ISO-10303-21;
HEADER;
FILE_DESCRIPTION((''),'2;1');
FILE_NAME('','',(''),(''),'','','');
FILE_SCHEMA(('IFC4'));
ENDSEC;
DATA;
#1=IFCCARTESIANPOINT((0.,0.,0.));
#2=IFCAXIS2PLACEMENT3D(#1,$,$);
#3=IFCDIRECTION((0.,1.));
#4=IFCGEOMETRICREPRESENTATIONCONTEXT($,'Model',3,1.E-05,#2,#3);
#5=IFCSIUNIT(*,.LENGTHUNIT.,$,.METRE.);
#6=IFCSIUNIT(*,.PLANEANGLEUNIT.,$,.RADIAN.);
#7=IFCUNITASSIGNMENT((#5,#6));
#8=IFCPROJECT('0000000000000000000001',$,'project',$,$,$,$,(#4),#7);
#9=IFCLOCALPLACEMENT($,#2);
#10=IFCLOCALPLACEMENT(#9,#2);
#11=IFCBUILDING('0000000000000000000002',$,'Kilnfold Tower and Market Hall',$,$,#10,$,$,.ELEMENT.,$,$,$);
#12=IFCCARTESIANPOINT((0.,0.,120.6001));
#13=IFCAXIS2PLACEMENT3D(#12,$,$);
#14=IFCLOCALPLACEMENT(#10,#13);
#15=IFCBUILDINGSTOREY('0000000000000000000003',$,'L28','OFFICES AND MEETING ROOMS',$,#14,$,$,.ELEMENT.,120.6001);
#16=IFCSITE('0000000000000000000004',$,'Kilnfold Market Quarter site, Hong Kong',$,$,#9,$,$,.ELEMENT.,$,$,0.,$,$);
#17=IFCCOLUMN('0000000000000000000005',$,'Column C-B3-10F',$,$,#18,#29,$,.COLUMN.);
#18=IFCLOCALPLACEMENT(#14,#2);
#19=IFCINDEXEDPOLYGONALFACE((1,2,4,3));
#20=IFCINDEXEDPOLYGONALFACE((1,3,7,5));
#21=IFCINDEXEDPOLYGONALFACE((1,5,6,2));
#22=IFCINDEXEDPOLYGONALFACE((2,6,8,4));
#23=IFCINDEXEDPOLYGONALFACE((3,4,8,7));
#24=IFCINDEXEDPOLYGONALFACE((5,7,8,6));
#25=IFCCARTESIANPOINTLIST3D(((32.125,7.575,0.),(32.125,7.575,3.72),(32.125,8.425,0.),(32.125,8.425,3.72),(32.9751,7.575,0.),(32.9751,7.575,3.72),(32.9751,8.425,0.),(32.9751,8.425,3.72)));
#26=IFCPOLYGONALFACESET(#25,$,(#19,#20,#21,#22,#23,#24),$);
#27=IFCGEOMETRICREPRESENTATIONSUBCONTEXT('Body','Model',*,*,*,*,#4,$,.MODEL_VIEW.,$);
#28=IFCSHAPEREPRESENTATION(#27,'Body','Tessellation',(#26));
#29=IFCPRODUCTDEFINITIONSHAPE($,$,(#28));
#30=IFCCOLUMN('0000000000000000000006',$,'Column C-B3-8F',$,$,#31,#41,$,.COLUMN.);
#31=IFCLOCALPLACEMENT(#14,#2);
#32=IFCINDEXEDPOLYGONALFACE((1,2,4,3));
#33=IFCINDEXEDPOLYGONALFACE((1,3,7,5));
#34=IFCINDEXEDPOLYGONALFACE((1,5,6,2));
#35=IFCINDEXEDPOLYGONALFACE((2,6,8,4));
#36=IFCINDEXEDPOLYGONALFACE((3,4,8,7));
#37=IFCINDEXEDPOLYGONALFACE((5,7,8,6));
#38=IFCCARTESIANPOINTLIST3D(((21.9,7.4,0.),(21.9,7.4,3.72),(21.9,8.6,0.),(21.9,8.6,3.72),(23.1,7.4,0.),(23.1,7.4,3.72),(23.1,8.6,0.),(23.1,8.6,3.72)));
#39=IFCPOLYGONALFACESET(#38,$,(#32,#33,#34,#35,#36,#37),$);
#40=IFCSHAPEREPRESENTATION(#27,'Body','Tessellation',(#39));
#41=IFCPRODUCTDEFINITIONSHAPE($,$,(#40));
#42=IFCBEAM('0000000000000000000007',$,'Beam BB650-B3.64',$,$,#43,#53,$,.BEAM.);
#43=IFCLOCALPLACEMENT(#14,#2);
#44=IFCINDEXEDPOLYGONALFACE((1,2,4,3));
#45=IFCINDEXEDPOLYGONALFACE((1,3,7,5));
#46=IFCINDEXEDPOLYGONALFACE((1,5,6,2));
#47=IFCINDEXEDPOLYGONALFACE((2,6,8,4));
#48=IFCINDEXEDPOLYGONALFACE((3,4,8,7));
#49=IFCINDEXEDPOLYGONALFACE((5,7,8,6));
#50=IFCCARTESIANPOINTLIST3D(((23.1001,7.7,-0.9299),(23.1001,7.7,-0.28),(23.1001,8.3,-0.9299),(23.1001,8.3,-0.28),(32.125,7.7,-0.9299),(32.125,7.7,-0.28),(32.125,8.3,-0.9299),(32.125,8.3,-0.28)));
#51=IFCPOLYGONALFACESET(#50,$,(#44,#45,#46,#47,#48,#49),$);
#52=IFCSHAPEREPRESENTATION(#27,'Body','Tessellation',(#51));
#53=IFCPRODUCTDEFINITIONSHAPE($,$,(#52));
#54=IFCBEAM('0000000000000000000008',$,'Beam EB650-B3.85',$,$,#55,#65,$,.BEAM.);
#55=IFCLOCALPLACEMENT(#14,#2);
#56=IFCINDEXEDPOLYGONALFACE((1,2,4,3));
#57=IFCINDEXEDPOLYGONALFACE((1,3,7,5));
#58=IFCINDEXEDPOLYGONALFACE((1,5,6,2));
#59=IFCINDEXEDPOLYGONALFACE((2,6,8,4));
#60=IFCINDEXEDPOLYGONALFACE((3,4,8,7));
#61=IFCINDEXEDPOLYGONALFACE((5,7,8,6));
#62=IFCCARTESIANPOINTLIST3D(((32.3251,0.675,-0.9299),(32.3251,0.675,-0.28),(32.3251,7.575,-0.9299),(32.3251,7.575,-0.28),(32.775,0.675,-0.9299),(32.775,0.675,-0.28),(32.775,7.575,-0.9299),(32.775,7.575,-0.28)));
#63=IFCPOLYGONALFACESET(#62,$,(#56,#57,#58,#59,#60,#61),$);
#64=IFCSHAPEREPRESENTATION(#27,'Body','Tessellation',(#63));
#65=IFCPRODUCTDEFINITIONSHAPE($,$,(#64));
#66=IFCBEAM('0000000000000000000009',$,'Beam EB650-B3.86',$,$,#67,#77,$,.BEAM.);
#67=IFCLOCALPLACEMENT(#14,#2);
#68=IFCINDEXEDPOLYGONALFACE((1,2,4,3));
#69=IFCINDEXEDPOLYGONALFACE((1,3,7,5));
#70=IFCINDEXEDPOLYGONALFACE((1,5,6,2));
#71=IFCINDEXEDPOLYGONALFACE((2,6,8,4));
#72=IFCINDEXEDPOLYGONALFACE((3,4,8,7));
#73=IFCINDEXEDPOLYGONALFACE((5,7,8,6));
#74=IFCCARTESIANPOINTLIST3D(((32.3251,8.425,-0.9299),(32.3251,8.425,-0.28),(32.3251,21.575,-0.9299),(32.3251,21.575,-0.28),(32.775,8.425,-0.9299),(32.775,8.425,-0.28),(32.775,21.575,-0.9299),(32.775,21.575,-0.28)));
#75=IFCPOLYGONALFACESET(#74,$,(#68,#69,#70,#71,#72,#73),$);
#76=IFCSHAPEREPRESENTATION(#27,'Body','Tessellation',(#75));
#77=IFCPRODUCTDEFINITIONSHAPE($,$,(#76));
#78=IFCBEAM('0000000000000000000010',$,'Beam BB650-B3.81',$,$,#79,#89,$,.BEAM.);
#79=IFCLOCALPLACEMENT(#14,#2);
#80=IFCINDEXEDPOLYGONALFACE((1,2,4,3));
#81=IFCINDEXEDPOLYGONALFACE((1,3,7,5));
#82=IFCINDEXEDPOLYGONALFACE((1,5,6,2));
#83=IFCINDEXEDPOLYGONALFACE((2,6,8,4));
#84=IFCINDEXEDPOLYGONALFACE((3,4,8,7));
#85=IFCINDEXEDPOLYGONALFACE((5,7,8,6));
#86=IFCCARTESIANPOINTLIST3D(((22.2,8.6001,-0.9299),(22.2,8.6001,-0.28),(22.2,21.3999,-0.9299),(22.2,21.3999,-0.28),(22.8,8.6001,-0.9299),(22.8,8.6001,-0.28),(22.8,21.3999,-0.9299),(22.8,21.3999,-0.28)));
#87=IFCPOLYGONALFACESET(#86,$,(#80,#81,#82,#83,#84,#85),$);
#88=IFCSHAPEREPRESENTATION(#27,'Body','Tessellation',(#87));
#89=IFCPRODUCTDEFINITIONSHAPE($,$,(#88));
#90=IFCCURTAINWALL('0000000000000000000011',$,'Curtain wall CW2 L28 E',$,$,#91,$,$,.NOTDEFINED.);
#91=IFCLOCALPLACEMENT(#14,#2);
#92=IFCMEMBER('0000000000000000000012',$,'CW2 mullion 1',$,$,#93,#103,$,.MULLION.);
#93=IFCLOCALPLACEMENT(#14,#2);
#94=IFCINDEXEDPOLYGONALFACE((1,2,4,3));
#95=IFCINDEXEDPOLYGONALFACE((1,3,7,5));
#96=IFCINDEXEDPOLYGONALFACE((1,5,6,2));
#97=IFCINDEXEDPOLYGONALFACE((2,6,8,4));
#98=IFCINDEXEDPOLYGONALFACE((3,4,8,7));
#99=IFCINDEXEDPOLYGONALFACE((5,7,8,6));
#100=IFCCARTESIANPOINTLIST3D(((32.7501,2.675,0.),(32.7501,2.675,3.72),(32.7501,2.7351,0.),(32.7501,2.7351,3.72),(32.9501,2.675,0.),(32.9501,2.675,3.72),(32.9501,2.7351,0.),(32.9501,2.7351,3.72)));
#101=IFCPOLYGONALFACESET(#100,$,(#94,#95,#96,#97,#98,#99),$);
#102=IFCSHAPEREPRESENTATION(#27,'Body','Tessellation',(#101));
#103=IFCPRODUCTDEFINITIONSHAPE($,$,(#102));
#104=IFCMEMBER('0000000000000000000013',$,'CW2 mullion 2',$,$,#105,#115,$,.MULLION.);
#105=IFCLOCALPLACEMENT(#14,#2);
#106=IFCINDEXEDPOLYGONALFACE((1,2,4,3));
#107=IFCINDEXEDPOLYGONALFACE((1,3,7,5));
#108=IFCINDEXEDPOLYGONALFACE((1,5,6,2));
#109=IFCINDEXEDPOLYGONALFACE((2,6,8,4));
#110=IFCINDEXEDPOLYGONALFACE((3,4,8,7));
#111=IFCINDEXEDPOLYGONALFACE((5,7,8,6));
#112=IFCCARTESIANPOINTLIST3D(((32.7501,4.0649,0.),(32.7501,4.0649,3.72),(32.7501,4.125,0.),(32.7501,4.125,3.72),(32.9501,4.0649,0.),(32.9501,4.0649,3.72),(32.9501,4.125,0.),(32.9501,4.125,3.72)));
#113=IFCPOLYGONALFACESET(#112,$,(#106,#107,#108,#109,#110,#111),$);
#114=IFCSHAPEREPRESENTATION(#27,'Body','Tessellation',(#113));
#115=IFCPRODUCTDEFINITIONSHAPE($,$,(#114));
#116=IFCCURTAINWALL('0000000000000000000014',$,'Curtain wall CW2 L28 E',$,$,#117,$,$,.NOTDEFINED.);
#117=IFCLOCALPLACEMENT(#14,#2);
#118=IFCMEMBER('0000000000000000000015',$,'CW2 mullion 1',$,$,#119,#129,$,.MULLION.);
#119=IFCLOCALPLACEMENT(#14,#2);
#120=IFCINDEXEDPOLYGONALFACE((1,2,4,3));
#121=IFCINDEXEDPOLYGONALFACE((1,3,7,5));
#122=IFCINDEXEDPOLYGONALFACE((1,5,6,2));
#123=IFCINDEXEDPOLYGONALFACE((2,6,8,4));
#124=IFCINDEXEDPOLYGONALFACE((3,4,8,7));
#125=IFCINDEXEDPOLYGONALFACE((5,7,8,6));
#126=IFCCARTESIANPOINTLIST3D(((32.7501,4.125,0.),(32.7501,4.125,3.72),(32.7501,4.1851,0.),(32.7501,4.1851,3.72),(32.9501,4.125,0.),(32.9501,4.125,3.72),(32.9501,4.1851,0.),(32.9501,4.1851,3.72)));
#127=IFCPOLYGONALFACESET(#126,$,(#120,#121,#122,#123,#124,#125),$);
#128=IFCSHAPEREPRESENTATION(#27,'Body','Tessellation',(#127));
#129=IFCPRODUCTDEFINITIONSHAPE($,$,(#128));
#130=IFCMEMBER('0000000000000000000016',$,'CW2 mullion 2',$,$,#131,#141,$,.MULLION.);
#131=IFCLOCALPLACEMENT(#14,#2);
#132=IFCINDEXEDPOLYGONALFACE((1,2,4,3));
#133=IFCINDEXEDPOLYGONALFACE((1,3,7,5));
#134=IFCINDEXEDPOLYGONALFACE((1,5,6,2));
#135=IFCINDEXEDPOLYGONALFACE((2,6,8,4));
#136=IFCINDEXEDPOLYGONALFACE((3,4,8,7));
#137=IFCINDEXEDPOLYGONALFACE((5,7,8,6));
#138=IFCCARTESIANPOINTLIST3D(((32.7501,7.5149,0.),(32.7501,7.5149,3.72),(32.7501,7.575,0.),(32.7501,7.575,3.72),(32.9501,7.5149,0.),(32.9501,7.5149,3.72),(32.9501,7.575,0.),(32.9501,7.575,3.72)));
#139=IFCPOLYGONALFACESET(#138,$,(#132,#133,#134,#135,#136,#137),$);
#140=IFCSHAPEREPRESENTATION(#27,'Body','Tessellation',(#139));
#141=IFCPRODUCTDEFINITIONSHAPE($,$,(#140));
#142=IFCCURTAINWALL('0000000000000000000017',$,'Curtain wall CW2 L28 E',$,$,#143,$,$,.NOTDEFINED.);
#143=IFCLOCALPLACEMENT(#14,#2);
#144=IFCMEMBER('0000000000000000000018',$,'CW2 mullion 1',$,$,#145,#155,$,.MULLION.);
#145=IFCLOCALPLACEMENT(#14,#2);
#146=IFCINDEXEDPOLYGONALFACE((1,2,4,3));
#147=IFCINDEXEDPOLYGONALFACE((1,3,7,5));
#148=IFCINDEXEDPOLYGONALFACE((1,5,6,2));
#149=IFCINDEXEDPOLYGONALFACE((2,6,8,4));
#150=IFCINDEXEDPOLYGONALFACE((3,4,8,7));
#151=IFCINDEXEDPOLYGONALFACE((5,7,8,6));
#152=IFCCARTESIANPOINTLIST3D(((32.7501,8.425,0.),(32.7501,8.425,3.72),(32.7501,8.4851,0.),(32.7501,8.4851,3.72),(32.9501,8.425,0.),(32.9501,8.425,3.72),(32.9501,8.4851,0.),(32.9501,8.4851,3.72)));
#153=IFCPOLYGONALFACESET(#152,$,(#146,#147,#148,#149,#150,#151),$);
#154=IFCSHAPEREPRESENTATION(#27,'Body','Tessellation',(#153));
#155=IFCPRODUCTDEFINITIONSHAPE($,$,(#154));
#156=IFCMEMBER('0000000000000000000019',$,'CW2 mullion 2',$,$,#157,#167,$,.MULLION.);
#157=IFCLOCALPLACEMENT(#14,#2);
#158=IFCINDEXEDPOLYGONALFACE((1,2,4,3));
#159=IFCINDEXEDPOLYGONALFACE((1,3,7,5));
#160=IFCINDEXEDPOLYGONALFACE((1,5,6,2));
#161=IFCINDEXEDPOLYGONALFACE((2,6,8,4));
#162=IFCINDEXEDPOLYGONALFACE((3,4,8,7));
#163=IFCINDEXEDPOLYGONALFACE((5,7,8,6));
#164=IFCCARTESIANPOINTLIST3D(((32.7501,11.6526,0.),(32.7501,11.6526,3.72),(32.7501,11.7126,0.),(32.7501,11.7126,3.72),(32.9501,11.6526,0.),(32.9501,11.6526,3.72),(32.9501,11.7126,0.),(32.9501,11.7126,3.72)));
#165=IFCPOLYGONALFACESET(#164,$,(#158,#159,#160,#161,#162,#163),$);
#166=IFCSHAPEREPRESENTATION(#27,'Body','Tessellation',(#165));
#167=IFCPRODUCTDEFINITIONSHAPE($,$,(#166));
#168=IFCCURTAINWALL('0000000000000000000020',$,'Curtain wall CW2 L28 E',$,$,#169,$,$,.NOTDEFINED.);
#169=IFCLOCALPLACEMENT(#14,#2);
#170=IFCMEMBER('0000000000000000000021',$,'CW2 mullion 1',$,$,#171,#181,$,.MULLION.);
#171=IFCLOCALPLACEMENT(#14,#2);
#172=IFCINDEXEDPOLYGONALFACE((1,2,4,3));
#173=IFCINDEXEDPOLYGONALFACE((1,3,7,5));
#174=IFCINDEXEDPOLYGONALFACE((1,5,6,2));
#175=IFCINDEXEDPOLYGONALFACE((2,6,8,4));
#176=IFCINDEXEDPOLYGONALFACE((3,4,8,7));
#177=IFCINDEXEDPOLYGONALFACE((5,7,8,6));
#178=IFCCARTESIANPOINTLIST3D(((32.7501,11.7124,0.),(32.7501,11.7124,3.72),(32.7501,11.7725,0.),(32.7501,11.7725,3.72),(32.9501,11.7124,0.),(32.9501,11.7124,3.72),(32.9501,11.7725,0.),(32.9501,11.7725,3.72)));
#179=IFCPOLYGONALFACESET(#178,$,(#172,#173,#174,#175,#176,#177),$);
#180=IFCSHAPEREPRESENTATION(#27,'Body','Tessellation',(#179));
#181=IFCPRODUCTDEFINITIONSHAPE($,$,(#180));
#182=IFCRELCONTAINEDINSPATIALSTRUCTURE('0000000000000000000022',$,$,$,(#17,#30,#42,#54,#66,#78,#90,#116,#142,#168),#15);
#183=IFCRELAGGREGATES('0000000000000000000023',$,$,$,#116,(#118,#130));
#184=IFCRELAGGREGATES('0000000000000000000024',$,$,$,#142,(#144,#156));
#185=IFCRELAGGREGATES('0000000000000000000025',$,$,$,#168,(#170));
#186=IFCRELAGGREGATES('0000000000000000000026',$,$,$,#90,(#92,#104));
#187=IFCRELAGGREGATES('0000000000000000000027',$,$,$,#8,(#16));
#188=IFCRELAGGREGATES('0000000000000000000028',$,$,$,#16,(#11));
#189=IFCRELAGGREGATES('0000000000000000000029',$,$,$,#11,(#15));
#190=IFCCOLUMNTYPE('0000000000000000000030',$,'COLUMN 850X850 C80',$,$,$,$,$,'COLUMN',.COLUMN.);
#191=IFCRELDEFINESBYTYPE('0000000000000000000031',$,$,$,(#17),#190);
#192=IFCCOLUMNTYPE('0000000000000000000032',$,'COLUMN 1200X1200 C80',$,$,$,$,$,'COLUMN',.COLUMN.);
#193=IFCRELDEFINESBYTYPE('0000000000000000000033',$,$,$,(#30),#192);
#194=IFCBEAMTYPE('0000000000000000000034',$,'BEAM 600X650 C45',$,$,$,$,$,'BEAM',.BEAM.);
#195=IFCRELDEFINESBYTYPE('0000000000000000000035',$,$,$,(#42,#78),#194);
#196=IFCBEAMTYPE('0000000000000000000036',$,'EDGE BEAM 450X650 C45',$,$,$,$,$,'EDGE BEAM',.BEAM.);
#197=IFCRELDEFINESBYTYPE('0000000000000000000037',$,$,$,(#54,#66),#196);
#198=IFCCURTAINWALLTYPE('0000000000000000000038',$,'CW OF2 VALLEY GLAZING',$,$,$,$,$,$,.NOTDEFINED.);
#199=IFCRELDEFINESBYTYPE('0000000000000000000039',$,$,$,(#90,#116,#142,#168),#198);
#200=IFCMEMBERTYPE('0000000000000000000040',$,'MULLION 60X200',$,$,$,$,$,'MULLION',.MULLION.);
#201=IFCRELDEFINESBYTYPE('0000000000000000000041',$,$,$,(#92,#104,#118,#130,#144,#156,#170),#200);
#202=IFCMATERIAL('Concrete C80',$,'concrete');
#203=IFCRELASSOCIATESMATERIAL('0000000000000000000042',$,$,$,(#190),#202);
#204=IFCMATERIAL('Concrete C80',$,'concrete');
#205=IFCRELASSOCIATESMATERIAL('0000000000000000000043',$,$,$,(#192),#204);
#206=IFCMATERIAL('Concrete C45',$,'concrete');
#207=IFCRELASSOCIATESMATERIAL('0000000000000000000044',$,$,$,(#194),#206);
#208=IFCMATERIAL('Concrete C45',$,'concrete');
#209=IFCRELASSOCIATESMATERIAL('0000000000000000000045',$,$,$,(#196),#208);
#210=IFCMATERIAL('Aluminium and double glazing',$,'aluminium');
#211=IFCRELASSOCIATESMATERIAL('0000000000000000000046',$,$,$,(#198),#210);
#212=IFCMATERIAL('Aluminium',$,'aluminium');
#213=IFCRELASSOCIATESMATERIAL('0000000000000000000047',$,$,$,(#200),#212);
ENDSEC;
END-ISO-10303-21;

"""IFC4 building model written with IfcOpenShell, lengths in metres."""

from ifc_helpers import new_model, si_unit, direction, frame, origin, origin_2d, place, context, subcontext, project, spatial, rectangle, extrude, source, transform, mapped, material, material_profile, profile_set, type_object, element, aggregate, save


model = new_model("IFC4")

# Units and contexts
model_context = context("Model", 3, precision=1e-05, world=origin(), true_north=direction((0.0, 1.0)))
body_context = subcontext(model_context, "Body", "Model", "MODEL_VIEW")
ifc_project = project(units=[si_unit("LENGTHUNIT", "METRE"), si_unit("PLANEANGLEUNIT", "RADIAN")], contexts=[model_context])

# Site, building, storey
site_placement = place(None, origin())
site = spatial("IfcSite", under=ifc_project, at=site_placement, Name="Kilnfold Market Quarter site, Hong Kong", CompositionType="ELEMENT", RefElevation=0.0)
building_placement = place(site_placement, origin())
building = spatial("IfcBuilding", under=site, at=building_placement, Name="Kilnfold Tower and Market Hall", CompositionType="ELEMENT")
storey_placement = place(building_placement, frame((0.0, 0.0, 120.6001)))
storey = spatial("IfcBuildingStorey", under=building, at=storey_placement, Name="L28", Description="OFFICES AND MEETING ROOMS", CompositionType="ELEMENT", Elevation=120.6001)

# Columns
ifc_material_1 = material(Name="Concrete C80", Category="concrete")
ifc_material_profile_1 = material_profile(ifc_material_1, rectangle(XDim=0.8501, YDim=0.8501, at=origin_2d()), Name="RC 850x850")
ifc_profile_set_1 = profile_set([ifc_material_profile_1], Name="Concrete C80")
column_type_1 = type_object("IfcColumnType", Name="COLUMN 850X850 C80", ElementType="COLUMN", PredefinedType="COLUMN", material=ifc_profile_set_1)
shared_shape_1 = source(origin(), body_context, "Body", "SweptSolid", [
    extrude(rectangle(XDim=0.8501, YDim=0.8501, at=origin_2d()), origin(), (0.0, 0.0, 1.0), 3.72),
])
column_1_placement = place(storey_placement, frame((32.55, 8.0, 0.0), z_axis=(0.0, 0.0, 1.0), x_axis=(1.0, 0.0, 0.0)))
element("IfcColumn", 1, at=column_1_placement, inside=storey, type_object=column_type_1, Name="Column C-B3-10F", PredefinedType="COLUMN", context=body_context, shape_type="MappedRepresentation", body=[
    mapped(shared_shape_1, transform((0.0, 0.0, 0.0))),
])
ifc_material_2 = material(Name="Concrete C80", Category="concrete")
ifc_material_profile_2 = material_profile(ifc_material_2, rectangle(XDim=1.2, YDim=1.2, at=origin_2d()), Name="RC 1200x1200")
ifc_profile_set_2 = profile_set([ifc_material_profile_2], Name="Concrete C80")
column_type_2 = type_object("IfcColumnType", Name="COLUMN 1200X1200 C80", ElementType="COLUMN", PredefinedType="COLUMN", material=ifc_profile_set_2)
shared_shape_2 = source(origin(), body_context, "Body", "SweptSolid", [
    extrude(rectangle(XDim=1.2, YDim=1.2, at=origin_2d()), origin(), (0.0, 0.0, 1.0), 3.72),
])
column_2_placement = place(storey_placement, frame((22.5, 8.0, 0.0), z_axis=(0.0, 0.0, 1.0), x_axis=(1.0, 0.0, 0.0)))
element("IfcColumn", 2, at=column_2_placement, inside=storey, type_object=column_type_2, Name="Column C-B3-8F", PredefinedType="COLUMN", context=body_context, shape_type="MappedRepresentation", body=[
    mapped(shared_shape_2, transform((0.0, 0.0, 0.0))),
])

# Beams
ifc_material_3 = material(Name="Concrete C45", Category="concrete")
ifc_material_profile_3 = material_profile(ifc_material_3, rectangle(XDim=0.6001, YDim=0.6499, at=origin_2d()), Name="RC 600x650")
ifc_profile_set_3 = profile_set([ifc_material_profile_3], Name="Concrete C45")
beam_type_1 = type_object("IfcBeamType", Name="BEAM 600X650 C45", ElementType="BEAM", PredefinedType="BEAM", material=ifc_profile_set_3)
shared_shape_3 = source(origin(), body_context, "Body", "SweptSolid", [
    extrude(rectangle(XDim=0.6001, YDim=0.6499, at=origin_2d()), origin(), (0.0, 0.0, 1.0), 9.0249),
])
beam_1_placement = place(storey_placement, frame((23.1001, 8.0, -0.605), z_axis=(1.0, 0.0, 0.0), x_axis=(0.0, 1.0, 0.0)))
element("IfcBeam", 3, at=beam_1_placement, inside=storey, type_object=beam_type_1, Name="Beam BB650-B3.64", PredefinedType="BEAM", context=body_context, shape_type="MappedRepresentation", body=[
    mapped(shared_shape_3, transform((0.0, 0.0, 0.0))),
])
ifc_material_4 = material(Name="Concrete C45", Category="concrete")
ifc_material_profile_4 = material_profile(ifc_material_4, rectangle(XDim=0.45, YDim=0.6499, at=origin_2d()), Name="RC 450x650")
ifc_profile_set_4 = profile_set([ifc_material_profile_4], Name="Concrete C45")
beam_type_2 = type_object("IfcBeamType", Name="EDGE BEAM 450X650 C45", ElementType="EDGE BEAM", PredefinedType="BEAM", material=ifc_profile_set_4)
shared_shape_4 = source(origin(), body_context, "Body", "SweptSolid", [
    extrude(rectangle(XDim=0.45, YDim=0.6499, at=origin_2d()), origin(), (0.0, 0.0, 1.0), 6.8999),
])
beam_2_placement = place(storey_placement, frame((32.55, 0.675, -0.605), z_axis=(0.0, 1.0, 0.0), x_axis=(-1.0, 0.0, 0.0)))
element("IfcBeam", 4, at=beam_2_placement, inside=storey, type_object=beam_type_2, Name="Beam EB650-B3.85", PredefinedType="BEAM", context=body_context, shape_type="MappedRepresentation", body=[
    mapped(shared_shape_4, transform((0.0, 0.0, 0.0))),
])
shared_shape_5 = source(origin(), body_context, "Body", "SweptSolid", [
    extrude(rectangle(XDim=0.45, YDim=0.6499, at=origin_2d()), origin(), (0.0, 0.0, 1.0), 13.1499),
])
beam_3_placement = place(storey_placement, frame((32.55, 8.425, -0.605), z_axis=(0.0, 1.0, 0.0), x_axis=(-1.0, 0.0, 0.0)))
element("IfcBeam", 5, at=beam_3_placement, inside=storey, type_object=beam_type_2, Name="Beam EB650-B3.86", PredefinedType="BEAM", context=body_context, shape_type="MappedRepresentation", body=[
    mapped(shared_shape_5, transform((0.0, 0.0, 0.0))),
])
shared_shape_6 = source(origin(), body_context, "Body", "SweptSolid", [
    extrude(rectangle(XDim=0.6001, YDim=0.6499, at=origin_2d()), origin(), (0.0, 0.0, 1.0), 12.7998),
])
beam_4_placement = place(storey_placement, frame((22.5, 8.6001, -0.605), z_axis=(0.0, 1.0, 0.0), x_axis=(-1.0, 0.0, 0.0)))
element("IfcBeam", 6, at=beam_4_placement, inside=storey, type_object=beam_type_1, Name="Beam BB650-B3.81", PredefinedType="BEAM", context=body_context, shape_type="MappedRepresentation", body=[
    mapped(shared_shape_6, transform((0.0, 0.0, 0.0))),
])

# Curtain walls, members
ifc_material_5 = material(Name="Aluminium and double glazing", Category="aluminium")
curtain_wall_type = type_object("IfcCurtainWallType", Name="CW OF2 VALLEY GLAZING", PredefinedType="NOTDEFINED", material=ifc_material_5)
curtain_wall_1_placement = place(storey_placement, origin())
curtain_wall_1 = element("IfcCurtainWall", 7, at=curtain_wall_1_placement, inside=storey, type_object=curtain_wall_type, Name="Curtain wall CW2 L28 E", PredefinedType="NOTDEFINED")
ifc_material_6 = material(Name="Aluminium", Category="aluminium")
ifc_material_profile_5 = material_profile(ifc_material_6, rectangle(XDim=0.0601, YDim=0.2, at=origin_2d()), Name="MULLION 60x200")
ifc_profile_set_5 = profile_set([ifc_material_profile_5], Name="Aluminium")
member_type_1 = type_object("IfcMemberType", Name="MULLION 60X200", ElementType="MULLION", PredefinedType="MULLION", material=ifc_profile_set_5)
shared_shape_7 = source(origin(), body_context, "Body", "SweptSolid", [
    extrude(rectangle(XDim=0.0601, YDim=0.2, at=origin_2d()), origin(), (0.0, 0.0, 1.0), 3.72),
])
member_1_placement = place(storey_placement, frame((32.8501, 2.7051, 0.0), z_axis=(0.0, 0.0, 1.0), x_axis=(0.0, 1.0, 0.0)))
member_1 = element("IfcMember", 8, at=member_1_placement, type_object=member_type_1, Name="CW2 mullion 1", PredefinedType="MULLION", context=body_context, shape_type="MappedRepresentation", body=[
    mapped(shared_shape_7, transform((0.0, 0.0, 0.0))),
])
member_2_placement = place(storey_placement, frame((32.8501, 4.095, 0.0), z_axis=(0.0, 0.0, 1.0), x_axis=(0.0, 1.0, 0.0)))
member_2 = element("IfcMember", 9, at=member_2_placement, type_object=member_type_1, Name="CW2 mullion 2", PredefinedType="MULLION", context=body_context, shape_type="MappedRepresentation", body=[
    mapped(shared_shape_7, transform((0.0, 0.0, 0.0))),
])
curtain_wall_2_placement = place(storey_placement, origin())
curtain_wall_2 = element("IfcCurtainWall", 10, at=curtain_wall_2_placement, inside=storey, type_object=curtain_wall_type, Name="Curtain wall CW2 L28 E", PredefinedType="NOTDEFINED")
member_3_placement = place(storey_placement, frame((32.8501, 4.155, 0.0), z_axis=(0.0, 0.0, 1.0), x_axis=(0.0, 1.0, 0.0)))
member_3 = element("IfcMember", 11, at=member_3_placement, type_object=member_type_1, Name="CW2 mullion 1", PredefinedType="MULLION", context=body_context, shape_type="MappedRepresentation", body=[
    mapped(shared_shape_7, transform((0.0, 0.0, 0.0))),
])
member_4_placement = place(storey_placement, frame((32.8501, 7.5449, 0.0), z_axis=(0.0, 0.0, 1.0), x_axis=(0.0, 1.0, 0.0)))
member_4 = element("IfcMember", 12, at=member_4_placement, type_object=member_type_1, Name="CW2 mullion 2", PredefinedType="MULLION", context=body_context, shape_type="MappedRepresentation", body=[
    mapped(shared_shape_7, transform((0.0, 0.0, 0.0))),
])
curtain_wall_3_placement = place(storey_placement, origin())
curtain_wall_3 = element("IfcCurtainWall", 13, at=curtain_wall_3_placement, inside=storey, type_object=curtain_wall_type, Name="Curtain wall CW2 L28 E", PredefinedType="NOTDEFINED")
member_5_placement = place(storey_placement, frame((32.8501, 8.4551, 0.0), z_axis=(0.0, 0.0, 1.0), x_axis=(0.0, 1.0, 0.0)))
member_5 = element("IfcMember", 14, at=member_5_placement, type_object=member_type_1, Name="CW2 mullion 1", PredefinedType="MULLION", context=body_context, shape_type="MappedRepresentation", body=[
    mapped(shared_shape_7, transform((0.0, 0.0, 0.0))),
])
member_6_placement = place(storey_placement, frame((32.8501, 11.6826, 0.0), z_axis=(0.0, 0.0, 1.0), x_axis=(0.0, 1.0, 0.0)))
member_6 = element("IfcMember", 15, at=member_6_placement, type_object=member_type_1, Name="CW2 mullion 2", PredefinedType="MULLION", context=body_context, shape_type="MappedRepresentation", body=[
    mapped(shared_shape_7, transform((0.0, 0.0, 0.0))),
])

# Curtain wall, member
curtain_wall_4_placement = place(storey_placement, origin())
curtain_wall_4 = element("IfcCurtainWall", 16, at=curtain_wall_4_placement, inside=storey, type_object=curtain_wall_type, Name="Curtain wall CW2 L28 E", PredefinedType="NOTDEFINED")
member_7_placement = place(storey_placement, frame((32.8501, 11.7424, 0.0), z_axis=(0.0, 0.0, 1.0), x_axis=(0.0, 1.0, 0.0)))
member_7 = element("IfcMember", 17, at=member_7_placement, type_object=member_type_1, Name="CW2 mullion 1", PredefinedType="MULLION", context=body_context, shape_type="MappedRepresentation", body=[
    mapped(shared_shape_7, transform((0.0, 0.0, 0.0))),
])

aggregate(curtain_wall_2, [member_3, member_4])
aggregate(curtain_wall_3, [member_5, member_6])
aggregate(curtain_wall_4, [member_7])
aggregate(curtain_wall_1, [member_1, member_2])

save(model, "model.ifc")
